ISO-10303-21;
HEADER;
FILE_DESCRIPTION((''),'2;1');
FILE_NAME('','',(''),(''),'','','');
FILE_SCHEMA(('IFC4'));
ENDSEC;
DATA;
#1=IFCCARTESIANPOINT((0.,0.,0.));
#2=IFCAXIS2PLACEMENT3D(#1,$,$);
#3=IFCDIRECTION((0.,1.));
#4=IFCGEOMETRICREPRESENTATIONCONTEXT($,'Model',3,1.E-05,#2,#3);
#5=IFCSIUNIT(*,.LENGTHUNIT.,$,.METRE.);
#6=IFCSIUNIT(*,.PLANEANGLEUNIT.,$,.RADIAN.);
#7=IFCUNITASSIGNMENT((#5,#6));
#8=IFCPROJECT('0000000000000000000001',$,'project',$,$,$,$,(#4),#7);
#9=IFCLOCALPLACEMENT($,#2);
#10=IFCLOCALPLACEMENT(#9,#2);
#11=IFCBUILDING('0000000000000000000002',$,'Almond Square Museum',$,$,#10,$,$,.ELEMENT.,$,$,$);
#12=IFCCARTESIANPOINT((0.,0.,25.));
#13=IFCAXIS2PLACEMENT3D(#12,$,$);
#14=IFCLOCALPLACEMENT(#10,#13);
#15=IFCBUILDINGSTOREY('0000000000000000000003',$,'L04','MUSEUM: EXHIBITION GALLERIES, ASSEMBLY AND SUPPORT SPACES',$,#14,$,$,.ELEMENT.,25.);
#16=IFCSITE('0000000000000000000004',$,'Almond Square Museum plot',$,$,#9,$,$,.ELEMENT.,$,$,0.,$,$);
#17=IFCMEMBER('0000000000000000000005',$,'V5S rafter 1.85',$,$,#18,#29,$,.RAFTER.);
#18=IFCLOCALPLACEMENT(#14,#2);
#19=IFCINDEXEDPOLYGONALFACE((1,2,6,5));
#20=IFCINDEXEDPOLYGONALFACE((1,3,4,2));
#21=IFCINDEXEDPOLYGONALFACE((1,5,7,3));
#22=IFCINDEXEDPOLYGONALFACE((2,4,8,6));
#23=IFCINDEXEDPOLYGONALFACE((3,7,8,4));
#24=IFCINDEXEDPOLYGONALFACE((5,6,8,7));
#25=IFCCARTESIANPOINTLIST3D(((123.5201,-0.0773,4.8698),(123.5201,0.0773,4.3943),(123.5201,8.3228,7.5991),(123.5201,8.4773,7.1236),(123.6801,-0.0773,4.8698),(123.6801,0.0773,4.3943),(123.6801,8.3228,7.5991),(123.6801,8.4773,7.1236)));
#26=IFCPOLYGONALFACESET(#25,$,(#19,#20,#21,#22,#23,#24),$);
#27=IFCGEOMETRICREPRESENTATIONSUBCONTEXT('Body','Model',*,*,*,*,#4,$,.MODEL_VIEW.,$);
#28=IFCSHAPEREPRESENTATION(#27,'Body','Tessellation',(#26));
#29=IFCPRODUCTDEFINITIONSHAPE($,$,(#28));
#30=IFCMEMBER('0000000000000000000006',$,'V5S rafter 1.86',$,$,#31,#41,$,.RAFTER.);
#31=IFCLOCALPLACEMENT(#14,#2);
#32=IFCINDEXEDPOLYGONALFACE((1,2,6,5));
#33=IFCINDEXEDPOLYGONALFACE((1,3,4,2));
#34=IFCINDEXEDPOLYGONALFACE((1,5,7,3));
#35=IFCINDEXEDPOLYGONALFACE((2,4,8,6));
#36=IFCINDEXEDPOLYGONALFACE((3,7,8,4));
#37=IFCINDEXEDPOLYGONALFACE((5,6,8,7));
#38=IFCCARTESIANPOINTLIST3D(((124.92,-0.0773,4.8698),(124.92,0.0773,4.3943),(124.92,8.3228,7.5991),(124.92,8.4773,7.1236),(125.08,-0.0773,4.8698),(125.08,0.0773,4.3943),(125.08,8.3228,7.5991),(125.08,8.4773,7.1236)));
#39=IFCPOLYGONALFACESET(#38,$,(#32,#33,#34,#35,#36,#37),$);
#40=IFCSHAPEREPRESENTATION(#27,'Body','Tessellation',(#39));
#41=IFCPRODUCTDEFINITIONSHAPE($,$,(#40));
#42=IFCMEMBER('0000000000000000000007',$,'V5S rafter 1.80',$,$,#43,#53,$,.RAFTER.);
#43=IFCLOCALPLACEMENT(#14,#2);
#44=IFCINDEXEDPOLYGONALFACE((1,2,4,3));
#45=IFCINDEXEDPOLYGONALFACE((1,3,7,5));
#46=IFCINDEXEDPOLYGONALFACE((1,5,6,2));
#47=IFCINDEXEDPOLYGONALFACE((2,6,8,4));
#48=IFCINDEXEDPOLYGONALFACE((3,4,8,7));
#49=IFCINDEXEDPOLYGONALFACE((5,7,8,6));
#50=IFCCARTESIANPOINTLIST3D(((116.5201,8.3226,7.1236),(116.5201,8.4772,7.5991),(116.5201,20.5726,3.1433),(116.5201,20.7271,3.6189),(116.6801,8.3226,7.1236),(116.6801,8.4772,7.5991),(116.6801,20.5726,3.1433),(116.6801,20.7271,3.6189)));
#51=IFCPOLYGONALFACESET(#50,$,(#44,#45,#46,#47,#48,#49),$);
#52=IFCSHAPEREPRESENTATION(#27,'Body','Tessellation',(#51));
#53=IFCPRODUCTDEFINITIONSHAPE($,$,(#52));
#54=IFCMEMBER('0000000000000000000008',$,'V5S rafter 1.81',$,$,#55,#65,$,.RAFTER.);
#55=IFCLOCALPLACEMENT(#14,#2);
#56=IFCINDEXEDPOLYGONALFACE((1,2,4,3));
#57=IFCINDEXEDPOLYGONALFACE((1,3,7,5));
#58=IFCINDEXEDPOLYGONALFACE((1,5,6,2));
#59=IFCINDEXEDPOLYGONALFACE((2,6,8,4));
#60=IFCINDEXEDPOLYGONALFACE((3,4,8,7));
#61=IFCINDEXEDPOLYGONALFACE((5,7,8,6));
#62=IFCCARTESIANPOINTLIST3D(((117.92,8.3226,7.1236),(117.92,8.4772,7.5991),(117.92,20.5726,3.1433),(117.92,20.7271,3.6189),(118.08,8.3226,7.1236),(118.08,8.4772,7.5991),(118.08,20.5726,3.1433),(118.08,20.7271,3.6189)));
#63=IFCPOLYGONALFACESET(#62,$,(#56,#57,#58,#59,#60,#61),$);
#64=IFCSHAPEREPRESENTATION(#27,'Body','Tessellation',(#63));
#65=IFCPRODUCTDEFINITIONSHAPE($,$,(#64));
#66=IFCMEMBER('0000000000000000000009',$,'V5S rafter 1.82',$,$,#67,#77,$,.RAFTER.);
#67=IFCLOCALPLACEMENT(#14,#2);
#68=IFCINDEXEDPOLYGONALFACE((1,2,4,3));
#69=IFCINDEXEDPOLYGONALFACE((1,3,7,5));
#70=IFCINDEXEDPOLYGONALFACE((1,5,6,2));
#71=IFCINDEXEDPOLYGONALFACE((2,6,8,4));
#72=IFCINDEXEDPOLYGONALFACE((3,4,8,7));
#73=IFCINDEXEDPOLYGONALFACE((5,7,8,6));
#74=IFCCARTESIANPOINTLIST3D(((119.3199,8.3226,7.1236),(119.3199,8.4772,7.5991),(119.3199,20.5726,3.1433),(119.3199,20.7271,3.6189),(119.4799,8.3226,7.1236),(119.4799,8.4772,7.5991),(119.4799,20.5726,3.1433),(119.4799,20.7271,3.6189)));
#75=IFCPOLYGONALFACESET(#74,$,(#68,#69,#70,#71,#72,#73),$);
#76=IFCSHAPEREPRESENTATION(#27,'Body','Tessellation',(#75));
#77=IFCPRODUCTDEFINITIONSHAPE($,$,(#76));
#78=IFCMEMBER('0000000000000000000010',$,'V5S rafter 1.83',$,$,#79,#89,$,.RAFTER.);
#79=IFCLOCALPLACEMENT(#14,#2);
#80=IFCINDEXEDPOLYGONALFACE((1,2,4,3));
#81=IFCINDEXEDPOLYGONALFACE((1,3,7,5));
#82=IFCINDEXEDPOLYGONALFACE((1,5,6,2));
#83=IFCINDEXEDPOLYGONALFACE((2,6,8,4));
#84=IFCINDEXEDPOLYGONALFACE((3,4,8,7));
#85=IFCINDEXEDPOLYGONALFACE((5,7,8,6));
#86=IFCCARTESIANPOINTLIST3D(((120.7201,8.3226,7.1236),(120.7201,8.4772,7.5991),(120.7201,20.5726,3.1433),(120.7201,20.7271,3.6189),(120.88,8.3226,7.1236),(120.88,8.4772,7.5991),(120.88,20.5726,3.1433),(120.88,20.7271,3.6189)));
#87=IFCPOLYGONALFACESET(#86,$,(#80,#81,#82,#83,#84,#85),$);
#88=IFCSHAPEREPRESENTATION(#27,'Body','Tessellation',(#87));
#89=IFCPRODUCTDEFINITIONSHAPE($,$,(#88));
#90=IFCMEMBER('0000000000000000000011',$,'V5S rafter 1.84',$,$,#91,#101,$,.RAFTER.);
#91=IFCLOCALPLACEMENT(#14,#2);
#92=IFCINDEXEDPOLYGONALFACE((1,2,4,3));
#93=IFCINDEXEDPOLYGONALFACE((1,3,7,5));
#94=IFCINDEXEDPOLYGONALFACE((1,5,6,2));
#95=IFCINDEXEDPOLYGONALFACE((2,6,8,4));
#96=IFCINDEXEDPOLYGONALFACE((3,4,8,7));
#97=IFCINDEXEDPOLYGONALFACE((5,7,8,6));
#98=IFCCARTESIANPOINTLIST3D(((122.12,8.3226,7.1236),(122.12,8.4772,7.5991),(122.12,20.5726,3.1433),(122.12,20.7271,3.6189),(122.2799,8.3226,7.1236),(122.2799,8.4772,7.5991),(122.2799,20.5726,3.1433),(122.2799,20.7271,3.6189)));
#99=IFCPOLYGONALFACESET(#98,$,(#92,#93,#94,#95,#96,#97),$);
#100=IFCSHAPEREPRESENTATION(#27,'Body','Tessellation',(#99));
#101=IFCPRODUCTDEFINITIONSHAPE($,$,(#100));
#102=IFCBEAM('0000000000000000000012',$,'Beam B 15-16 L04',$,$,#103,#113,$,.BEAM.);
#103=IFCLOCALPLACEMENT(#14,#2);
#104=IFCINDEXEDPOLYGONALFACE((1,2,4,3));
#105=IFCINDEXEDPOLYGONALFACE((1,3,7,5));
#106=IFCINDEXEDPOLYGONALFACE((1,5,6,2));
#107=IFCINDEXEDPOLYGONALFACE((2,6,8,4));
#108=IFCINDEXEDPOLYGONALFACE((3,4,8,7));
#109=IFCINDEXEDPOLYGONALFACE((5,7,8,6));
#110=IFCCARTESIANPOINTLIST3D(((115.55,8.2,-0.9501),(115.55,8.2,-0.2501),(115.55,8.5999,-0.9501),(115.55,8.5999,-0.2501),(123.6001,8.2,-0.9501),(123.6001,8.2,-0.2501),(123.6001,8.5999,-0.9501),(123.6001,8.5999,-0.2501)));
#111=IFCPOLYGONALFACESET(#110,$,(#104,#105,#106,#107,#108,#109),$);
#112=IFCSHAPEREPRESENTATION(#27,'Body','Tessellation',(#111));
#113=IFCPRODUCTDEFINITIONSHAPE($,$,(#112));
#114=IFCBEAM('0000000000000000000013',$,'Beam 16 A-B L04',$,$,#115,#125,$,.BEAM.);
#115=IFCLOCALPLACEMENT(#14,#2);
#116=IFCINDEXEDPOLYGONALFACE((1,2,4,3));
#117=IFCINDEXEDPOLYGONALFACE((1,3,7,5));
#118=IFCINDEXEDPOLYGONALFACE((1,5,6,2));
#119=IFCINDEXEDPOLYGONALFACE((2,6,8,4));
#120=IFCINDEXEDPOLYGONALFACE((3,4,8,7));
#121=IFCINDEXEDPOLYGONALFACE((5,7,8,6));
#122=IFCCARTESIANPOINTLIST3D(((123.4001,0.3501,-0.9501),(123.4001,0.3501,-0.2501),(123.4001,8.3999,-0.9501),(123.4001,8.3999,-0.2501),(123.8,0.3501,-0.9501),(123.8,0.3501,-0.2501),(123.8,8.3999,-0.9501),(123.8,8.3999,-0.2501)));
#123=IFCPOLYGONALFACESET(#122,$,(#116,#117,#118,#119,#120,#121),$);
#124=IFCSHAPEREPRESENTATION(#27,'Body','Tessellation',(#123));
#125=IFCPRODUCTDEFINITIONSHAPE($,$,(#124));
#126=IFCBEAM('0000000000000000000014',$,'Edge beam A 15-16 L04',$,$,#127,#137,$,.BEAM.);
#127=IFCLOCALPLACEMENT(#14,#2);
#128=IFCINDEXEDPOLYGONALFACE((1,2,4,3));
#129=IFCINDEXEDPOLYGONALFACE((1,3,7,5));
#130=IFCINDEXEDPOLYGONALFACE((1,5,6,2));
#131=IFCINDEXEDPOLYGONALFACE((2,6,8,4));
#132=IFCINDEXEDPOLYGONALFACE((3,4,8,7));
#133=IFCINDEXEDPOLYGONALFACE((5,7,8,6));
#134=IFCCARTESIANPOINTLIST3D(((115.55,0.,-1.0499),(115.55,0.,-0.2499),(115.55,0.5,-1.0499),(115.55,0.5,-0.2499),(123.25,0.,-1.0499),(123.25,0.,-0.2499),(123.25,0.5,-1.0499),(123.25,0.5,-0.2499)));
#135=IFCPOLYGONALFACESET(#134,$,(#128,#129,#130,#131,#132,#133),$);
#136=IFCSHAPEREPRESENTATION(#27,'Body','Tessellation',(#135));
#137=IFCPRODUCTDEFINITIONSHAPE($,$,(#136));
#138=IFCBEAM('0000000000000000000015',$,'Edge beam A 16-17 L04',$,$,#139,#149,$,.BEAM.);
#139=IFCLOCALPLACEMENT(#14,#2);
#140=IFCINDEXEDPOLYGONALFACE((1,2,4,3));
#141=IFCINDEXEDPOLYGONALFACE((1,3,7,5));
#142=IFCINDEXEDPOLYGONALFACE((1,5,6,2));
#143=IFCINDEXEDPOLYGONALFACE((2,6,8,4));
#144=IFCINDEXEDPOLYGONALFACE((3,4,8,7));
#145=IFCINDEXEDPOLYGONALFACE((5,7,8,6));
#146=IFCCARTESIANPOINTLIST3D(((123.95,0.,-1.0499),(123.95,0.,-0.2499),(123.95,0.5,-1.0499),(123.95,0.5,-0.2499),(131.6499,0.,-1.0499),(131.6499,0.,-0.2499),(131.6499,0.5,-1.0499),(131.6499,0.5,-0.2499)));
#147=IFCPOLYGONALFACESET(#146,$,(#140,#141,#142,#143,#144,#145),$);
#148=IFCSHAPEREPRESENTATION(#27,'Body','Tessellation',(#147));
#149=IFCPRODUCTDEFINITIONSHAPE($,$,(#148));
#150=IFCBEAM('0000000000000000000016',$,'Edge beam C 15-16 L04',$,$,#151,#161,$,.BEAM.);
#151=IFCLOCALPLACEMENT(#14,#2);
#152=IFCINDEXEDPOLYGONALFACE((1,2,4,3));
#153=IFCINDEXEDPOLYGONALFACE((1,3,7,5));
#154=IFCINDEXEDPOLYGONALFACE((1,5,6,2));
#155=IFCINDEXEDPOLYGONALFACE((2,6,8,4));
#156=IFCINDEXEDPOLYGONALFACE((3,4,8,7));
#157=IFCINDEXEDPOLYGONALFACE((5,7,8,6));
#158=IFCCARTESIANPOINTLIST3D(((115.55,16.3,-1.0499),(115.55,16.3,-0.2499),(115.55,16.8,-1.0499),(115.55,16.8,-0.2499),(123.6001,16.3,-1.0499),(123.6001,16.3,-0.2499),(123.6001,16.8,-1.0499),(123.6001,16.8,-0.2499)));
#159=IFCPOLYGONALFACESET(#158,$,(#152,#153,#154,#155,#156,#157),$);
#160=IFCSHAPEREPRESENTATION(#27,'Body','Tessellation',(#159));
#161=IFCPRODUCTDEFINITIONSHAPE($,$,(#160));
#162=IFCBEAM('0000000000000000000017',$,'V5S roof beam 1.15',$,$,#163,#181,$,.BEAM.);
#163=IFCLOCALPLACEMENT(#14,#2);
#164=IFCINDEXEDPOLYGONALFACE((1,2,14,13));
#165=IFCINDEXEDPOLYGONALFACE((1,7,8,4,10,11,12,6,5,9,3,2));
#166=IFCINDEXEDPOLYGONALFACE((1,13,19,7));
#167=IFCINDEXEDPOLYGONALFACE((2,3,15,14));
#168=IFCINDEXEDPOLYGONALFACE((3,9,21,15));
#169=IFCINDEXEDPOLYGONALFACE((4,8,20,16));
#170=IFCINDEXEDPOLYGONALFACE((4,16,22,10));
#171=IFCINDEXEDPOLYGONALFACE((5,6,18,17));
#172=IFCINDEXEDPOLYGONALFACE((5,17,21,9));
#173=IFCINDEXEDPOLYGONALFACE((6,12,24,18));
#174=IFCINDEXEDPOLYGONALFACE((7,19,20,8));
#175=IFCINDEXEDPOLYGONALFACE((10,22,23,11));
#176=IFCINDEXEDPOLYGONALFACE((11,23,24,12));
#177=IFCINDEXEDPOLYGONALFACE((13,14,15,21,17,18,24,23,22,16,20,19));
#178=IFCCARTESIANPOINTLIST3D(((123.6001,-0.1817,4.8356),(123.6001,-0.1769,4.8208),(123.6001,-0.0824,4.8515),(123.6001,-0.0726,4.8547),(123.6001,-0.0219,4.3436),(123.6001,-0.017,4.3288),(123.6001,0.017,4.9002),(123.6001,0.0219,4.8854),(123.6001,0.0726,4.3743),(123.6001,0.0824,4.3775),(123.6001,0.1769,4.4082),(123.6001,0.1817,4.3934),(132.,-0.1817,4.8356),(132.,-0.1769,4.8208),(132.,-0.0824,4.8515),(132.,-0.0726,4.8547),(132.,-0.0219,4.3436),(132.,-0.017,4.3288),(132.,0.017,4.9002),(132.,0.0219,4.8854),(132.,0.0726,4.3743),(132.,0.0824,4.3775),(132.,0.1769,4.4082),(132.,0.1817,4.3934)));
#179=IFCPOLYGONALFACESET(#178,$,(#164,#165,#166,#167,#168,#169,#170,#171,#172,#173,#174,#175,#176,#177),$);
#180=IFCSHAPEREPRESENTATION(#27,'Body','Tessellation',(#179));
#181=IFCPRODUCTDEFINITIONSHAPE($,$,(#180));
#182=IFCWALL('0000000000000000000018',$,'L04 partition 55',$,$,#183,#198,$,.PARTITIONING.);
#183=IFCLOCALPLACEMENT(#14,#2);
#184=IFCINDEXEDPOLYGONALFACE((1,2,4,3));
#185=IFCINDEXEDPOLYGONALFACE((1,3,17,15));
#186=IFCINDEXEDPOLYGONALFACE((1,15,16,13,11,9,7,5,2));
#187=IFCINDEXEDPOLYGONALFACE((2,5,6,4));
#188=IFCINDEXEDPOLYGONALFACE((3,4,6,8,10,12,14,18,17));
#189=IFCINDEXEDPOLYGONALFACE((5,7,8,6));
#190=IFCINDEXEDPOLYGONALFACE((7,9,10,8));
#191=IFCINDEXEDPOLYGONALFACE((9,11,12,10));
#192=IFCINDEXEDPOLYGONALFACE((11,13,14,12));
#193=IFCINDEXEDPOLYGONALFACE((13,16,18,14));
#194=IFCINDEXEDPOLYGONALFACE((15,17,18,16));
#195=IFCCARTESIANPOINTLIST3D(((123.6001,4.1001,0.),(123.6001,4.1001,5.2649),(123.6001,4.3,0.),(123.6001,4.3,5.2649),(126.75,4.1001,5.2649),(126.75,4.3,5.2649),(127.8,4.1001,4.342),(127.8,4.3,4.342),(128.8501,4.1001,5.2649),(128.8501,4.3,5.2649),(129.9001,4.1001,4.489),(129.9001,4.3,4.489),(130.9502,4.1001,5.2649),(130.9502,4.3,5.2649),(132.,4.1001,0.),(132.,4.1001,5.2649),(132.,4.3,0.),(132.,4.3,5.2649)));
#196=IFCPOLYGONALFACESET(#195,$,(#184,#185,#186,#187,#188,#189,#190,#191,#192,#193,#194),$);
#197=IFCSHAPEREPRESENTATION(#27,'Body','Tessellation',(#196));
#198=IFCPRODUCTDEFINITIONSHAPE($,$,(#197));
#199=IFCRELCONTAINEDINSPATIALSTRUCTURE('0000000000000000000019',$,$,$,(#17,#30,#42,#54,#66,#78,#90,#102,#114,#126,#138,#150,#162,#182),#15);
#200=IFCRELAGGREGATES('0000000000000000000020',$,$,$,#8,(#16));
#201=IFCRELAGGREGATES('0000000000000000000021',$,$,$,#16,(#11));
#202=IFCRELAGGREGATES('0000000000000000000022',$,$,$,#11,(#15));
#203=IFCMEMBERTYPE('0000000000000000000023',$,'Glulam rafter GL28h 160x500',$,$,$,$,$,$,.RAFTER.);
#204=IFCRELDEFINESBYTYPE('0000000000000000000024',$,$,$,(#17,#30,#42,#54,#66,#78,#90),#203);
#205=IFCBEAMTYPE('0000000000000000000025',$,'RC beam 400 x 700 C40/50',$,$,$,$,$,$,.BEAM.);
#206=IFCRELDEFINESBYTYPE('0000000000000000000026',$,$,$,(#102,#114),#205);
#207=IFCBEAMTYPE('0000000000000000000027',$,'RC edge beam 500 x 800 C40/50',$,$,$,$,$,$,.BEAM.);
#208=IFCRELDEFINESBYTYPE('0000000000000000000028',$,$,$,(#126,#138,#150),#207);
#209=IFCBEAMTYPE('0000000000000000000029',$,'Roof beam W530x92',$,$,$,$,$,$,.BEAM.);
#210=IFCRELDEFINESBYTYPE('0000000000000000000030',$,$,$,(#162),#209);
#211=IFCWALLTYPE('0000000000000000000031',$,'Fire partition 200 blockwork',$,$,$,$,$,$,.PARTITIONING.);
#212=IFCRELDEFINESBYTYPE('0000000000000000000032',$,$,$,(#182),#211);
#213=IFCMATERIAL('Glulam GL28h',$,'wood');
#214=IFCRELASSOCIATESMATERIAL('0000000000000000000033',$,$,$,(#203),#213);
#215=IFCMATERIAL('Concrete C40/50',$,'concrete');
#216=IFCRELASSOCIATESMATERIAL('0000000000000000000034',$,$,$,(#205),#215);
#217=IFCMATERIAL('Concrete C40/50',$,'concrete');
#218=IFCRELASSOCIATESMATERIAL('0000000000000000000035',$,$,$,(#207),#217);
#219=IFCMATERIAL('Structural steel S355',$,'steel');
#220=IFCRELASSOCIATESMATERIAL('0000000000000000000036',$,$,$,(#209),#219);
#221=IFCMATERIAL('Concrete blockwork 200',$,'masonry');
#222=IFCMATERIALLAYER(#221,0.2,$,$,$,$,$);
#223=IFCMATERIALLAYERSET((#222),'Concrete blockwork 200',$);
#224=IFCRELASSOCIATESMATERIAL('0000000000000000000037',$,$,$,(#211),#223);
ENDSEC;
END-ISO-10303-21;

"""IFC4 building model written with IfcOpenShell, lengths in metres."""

from ifc_helpers import new_model, si_unit, direction, frame, origin, origin_2d, place, context, subcontext, project, spatial, polyline, rectangle, i_section, outline, extrude, material, layer, layer_set, material_profile, profile_set, type_object, element, save


model = new_model("IFC4")

# Units and contexts
model_context = context("Model", 3, precision=1e-05, world=origin(), true_north=direction((0.0, 1.0)))
body_context = subcontext(model_context, "Body", "Model", "MODEL_VIEW")
ifc_project = project(units=[si_unit("LENGTHUNIT", "METRE"), si_unit("PLANEANGLEUNIT", "RADIAN")], contexts=[model_context])

# Site, building, storey
site_placement = place(None, origin())
site = spatial("IfcSite", under=ifc_project, at=site_placement, Name="Almond Square Museum plot", CompositionType="ELEMENT", RefElevation=0.0)
building_placement = place(site_placement, origin())
building = spatial("IfcBuilding", under=site, at=building_placement, Name="Almond Square Museum", CompositionType="ELEMENT")
storey_placement = place(building_placement, frame((0.0, 0.0, 25.0)))
storey = spatial("IfcBuildingStorey", under=building, at=storey_placement, Name="L04", Description="MUSEUM: EXHIBITION GALLERIES, ASSEMBLY AND SUPPORT SPACES", CompositionType="ELEMENT", Elevation=25.0)

# Members
ifc_material_1 = material(Name="Glulam GL28h", Category="wood")
ifc_material_profile_1 = material_profile(ifc_material_1, rectangle(XDim=0.1599, YDim=0.5, at=origin_2d()))
ifc_profile_set_1 = profile_set([ifc_material_profile_1], Name="Glulam GL28h")
member_type = type_object("IfcMemberType", Name="Glulam rafter GL28h 160x500", PredefinedType="RAFTER", material=ifc_profile_set_1)
for number, where, z_axis, x_axis, name in (
    (1, (123.6001, 0.0, 4.6321), (0.0, 0.951058, 0.309012), (-1.0, 0.0, 0.0), "V5S rafter 1.85"),
    (2, (125.0, 0.0, 4.6321), (0.0, 0.951058, 0.309012), (-1.0, 0.0, 0.0), "V5S rafter 1.86"),
):
    element("IfcMember", number, at=place(storey_placement, frame(where, z_axis=z_axis, x_axis=x_axis)), inside=storey, type_object=member_type, Name=name, PredefinedType="RAFTER", context=body_context, shape_type="SweptSolid", body=[
        extrude(rectangle(XDim=0.1599, YDim=0.5, at=origin_2d()), origin(), (0.0, 0.0, 1.0), 8.8323),
    ])
for number, where, z_axis, x_axis, name in (
    (3, (116.6001, 8.3999, 7.3613), (0.0, 0.951057, -0.309014), (-1.0, 0.0, 0.0), "V5S rafter 1.80"),
    (4, (118.0, 8.3999, 7.3613), (0.0, 0.951057, -0.309014), (-1.0, 0.0, 0.0), "V5S rafter 1.81"),
    (5, (119.3999, 8.3999, 7.3613), (0.0, 0.951057, -0.309014), (-1.0, 0.0, 0.0), "V5S rafter 1.82"),
    (6, (120.8, 8.3999, 7.3613), (0.0, 0.951057, -0.309014), (-1.0, 0.0, 0.0), "V5S rafter 1.83"),
    (7, (122.2, 8.3999, 7.3613), (0.0, 0.951057, -0.309014), (-1.0, 0.0, 0.0), "V5S rafter 1.84"),
):
    element("IfcMember", number, at=place(storey_placement, frame(where, z_axis=z_axis, x_axis=x_axis)), inside=storey, type_object=member_type, Name=name, PredefinedType="RAFTER", context=body_context, shape_type="SweptSolid", body=[
        extrude(rectangle(XDim=0.1599, YDim=0.5, at=origin_2d()), origin(), (0.0, 0.0, 1.0), 12.8804),
    ])

# Beams
ifc_material_2 = material(Name="Concrete C40/50", Category="concrete")
ifc_material_profile_2 = material_profile(ifc_material_2, rectangle(XDim=0.3999, YDim=0.7, at=origin_2d()))
ifc_profile_set_2 = profile_set([ifc_material_profile_2], Name="Concrete C40/50")
beam_type_1 = type_object("IfcBeamType", Name="RC beam 400 x 700 C40/50", PredefinedType="BEAM", material=ifc_profile_set_2)
beam_1_placement = place(storey_placement, frame((115.55, 8.3999, -0.6001), z_axis=(1.0, 0.0, 0.0), x_axis=(0.0, 1.0, 0.0)))
element("IfcBeam", 8, at=beam_1_placement, inside=storey, type_object=beam_type_1, Name="Beam B 15-16 L04", PredefinedType="BEAM", context=body_context, shape_type="SweptSolid", body=[
    extrude(rectangle(XDim=0.3999, YDim=0.7, at=origin_2d()), origin(), (0.0, 0.0, 1.0), 8.05),
])
beam_2_placement = place(storey_placement, frame((123.6001, 0.3501, -0.6001), z_axis=(0.0, 1.0, 0.0), x_axis=(-1.0, 0.0, 0.0)))
element("IfcBeam", 9, at=beam_2_placement, inside=storey, type_object=beam_type_1, Name="Beam 16 A-B L04", PredefinedType="BEAM", context=body_context, shape_type="SweptSolid", body=[
    extrude(rectangle(XDim=0.3999, YDim=0.7, at=origin_2d()), origin(), (0.0, 0.0, 1.0), 8.0498),
])
ifc_material_3 = material(Name="Concrete C40/50", Category="concrete")
ifc_material_profile_3 = material_profile(ifc_material_3, rectangle(XDim=0.5, YDim=0.8, at=origin_2d()))
ifc_profile_set_3 = profile_set([ifc_material_profile_3], Name="Concrete C40/50")
beam_type_2 = type_object("IfcBeamType", Name="RC edge beam 500 x 800 C40/50", PredefinedType="BEAM", material=ifc_profile_set_3)
for number, where, z_axis, x_axis, name in (
    (10, (115.55, 0.25, -0.6499), (1.0, 0.0, 0.0), (0.0, 1.0, 0.0), "Edge beam A 15-16 L04"),
    (11, (123.95, 0.25, -0.6499), (1.0, 0.0, 0.0), (0.0, 1.0, 0.0), "Edge beam A 16-17 L04"),
):
    element("IfcBeam", number, at=place(storey_placement, frame(where, z_axis=z_axis, x_axis=x_axis)), inside=storey, type_object=beam_type_2, Name=name, PredefinedType="BEAM", context=body_context, shape_type="SweptSolid", body=[
        extrude(rectangle(XDim=0.5, YDim=0.8, at=origin_2d()), origin(), (0.0, 0.0, 1.0), 7.7),
    ])
beam_3_placement = place(storey_placement, frame((115.55, 16.55, -0.6499), z_axis=(1.0, 0.0, 0.0), x_axis=(0.0, 1.0, 0.0)))
element("IfcBeam", 12, at=beam_3_placement, inside=storey, type_object=beam_type_2, Name="Edge beam C 15-16 L04", PredefinedType="BEAM", context=body_context, shape_type="SweptSolid", body=[
    extrude(rectangle(XDim=0.5, YDim=0.8, at=origin_2d()), origin(), (0.0, 0.0, 1.0), 8.05),
])
ifc_material_4 = material(Name="Structural steel S355", Category="steel")
ifc_material_profile_4 = material_profile(ifc_material_4, i_section(OverallWidth=0.209, OverallDepth=0.533, WebThickness=0.0103, FlangeThickness=0.0156, at=origin_2d()))
ifc_profile_set_4 = profile_set([ifc_material_profile_4], Name="Structural steel S355")
beam_type_3 = type_object("IfcBeamType", Name="Roof beam W530x92", PredefinedType="BEAM", material=ifc_profile_set_4)
beam_4_placement = place(storey_placement, frame((123.6001, 0.0, 4.6145), z_axis=(1.0, 0.0, 0.0), x_axis=(0.0, 0.951057, 0.309017)))
element("IfcBeam", 13, at=beam_4_placement, inside=storey, type_object=beam_type_3, Name="V5S roof beam 1.15", PredefinedType="BEAM", context=body_context, shape_type="SweptSolid", body=[
    extrude(i_section(OverallWidth=0.209, OverallDepth=0.533, WebThickness=0.0103, FlangeThickness=0.0156, at=origin_2d()), origin(), (0.0, 0.0, 1.0), 8.3999),
])

# Wall
ifc_material_5 = material(Name="Concrete blockwork 200", Category="masonry")
ifc_layer_1 = layer(ifc_material_5, 0.2)
ifc_layer_set_1 = layer_set([ifc_layer_1], Name="Concrete blockwork 200")
wall_type_1 = type_object("IfcWallType", Name="Fire partition 200 blockwork", PredefinedType="PARTITIONING", material=ifc_layer_set_1)
wall_1_placement = place(storey_placement, frame((123.6001, 4.2, 0.0), z_axis=(0.0, 0.0, 1.0), x_axis=(1.0, 0.0, 0.0)))
element("IfcWall", 14, at=wall_1_placement, inside=storey, type_object=wall_type_1, Name="L04 partition 55", PredefinedType="PARTITIONING", context=body_context, shape_type="SweptSolid", body=[
    extrude(outline(polyline([(0.0, 0.0), (8.3999, 0.0), (8.3999, 5.2649), (7.3501, 5.2649), (6.3, 4.489), (5.25, 5.2649), (4.2, 4.342), (3.1499, 5.2649), (0.0, 5.2649), (0.0, 0.0)])), frame((0.0, 0.1001, 0.0), z_axis=(0.0, -1.0, 0.0), x_axis=(1.0, 0.0, 0.0)), (0.0, 0.0, 1.0), 0.2),
])

save(model, "model.ifc")
